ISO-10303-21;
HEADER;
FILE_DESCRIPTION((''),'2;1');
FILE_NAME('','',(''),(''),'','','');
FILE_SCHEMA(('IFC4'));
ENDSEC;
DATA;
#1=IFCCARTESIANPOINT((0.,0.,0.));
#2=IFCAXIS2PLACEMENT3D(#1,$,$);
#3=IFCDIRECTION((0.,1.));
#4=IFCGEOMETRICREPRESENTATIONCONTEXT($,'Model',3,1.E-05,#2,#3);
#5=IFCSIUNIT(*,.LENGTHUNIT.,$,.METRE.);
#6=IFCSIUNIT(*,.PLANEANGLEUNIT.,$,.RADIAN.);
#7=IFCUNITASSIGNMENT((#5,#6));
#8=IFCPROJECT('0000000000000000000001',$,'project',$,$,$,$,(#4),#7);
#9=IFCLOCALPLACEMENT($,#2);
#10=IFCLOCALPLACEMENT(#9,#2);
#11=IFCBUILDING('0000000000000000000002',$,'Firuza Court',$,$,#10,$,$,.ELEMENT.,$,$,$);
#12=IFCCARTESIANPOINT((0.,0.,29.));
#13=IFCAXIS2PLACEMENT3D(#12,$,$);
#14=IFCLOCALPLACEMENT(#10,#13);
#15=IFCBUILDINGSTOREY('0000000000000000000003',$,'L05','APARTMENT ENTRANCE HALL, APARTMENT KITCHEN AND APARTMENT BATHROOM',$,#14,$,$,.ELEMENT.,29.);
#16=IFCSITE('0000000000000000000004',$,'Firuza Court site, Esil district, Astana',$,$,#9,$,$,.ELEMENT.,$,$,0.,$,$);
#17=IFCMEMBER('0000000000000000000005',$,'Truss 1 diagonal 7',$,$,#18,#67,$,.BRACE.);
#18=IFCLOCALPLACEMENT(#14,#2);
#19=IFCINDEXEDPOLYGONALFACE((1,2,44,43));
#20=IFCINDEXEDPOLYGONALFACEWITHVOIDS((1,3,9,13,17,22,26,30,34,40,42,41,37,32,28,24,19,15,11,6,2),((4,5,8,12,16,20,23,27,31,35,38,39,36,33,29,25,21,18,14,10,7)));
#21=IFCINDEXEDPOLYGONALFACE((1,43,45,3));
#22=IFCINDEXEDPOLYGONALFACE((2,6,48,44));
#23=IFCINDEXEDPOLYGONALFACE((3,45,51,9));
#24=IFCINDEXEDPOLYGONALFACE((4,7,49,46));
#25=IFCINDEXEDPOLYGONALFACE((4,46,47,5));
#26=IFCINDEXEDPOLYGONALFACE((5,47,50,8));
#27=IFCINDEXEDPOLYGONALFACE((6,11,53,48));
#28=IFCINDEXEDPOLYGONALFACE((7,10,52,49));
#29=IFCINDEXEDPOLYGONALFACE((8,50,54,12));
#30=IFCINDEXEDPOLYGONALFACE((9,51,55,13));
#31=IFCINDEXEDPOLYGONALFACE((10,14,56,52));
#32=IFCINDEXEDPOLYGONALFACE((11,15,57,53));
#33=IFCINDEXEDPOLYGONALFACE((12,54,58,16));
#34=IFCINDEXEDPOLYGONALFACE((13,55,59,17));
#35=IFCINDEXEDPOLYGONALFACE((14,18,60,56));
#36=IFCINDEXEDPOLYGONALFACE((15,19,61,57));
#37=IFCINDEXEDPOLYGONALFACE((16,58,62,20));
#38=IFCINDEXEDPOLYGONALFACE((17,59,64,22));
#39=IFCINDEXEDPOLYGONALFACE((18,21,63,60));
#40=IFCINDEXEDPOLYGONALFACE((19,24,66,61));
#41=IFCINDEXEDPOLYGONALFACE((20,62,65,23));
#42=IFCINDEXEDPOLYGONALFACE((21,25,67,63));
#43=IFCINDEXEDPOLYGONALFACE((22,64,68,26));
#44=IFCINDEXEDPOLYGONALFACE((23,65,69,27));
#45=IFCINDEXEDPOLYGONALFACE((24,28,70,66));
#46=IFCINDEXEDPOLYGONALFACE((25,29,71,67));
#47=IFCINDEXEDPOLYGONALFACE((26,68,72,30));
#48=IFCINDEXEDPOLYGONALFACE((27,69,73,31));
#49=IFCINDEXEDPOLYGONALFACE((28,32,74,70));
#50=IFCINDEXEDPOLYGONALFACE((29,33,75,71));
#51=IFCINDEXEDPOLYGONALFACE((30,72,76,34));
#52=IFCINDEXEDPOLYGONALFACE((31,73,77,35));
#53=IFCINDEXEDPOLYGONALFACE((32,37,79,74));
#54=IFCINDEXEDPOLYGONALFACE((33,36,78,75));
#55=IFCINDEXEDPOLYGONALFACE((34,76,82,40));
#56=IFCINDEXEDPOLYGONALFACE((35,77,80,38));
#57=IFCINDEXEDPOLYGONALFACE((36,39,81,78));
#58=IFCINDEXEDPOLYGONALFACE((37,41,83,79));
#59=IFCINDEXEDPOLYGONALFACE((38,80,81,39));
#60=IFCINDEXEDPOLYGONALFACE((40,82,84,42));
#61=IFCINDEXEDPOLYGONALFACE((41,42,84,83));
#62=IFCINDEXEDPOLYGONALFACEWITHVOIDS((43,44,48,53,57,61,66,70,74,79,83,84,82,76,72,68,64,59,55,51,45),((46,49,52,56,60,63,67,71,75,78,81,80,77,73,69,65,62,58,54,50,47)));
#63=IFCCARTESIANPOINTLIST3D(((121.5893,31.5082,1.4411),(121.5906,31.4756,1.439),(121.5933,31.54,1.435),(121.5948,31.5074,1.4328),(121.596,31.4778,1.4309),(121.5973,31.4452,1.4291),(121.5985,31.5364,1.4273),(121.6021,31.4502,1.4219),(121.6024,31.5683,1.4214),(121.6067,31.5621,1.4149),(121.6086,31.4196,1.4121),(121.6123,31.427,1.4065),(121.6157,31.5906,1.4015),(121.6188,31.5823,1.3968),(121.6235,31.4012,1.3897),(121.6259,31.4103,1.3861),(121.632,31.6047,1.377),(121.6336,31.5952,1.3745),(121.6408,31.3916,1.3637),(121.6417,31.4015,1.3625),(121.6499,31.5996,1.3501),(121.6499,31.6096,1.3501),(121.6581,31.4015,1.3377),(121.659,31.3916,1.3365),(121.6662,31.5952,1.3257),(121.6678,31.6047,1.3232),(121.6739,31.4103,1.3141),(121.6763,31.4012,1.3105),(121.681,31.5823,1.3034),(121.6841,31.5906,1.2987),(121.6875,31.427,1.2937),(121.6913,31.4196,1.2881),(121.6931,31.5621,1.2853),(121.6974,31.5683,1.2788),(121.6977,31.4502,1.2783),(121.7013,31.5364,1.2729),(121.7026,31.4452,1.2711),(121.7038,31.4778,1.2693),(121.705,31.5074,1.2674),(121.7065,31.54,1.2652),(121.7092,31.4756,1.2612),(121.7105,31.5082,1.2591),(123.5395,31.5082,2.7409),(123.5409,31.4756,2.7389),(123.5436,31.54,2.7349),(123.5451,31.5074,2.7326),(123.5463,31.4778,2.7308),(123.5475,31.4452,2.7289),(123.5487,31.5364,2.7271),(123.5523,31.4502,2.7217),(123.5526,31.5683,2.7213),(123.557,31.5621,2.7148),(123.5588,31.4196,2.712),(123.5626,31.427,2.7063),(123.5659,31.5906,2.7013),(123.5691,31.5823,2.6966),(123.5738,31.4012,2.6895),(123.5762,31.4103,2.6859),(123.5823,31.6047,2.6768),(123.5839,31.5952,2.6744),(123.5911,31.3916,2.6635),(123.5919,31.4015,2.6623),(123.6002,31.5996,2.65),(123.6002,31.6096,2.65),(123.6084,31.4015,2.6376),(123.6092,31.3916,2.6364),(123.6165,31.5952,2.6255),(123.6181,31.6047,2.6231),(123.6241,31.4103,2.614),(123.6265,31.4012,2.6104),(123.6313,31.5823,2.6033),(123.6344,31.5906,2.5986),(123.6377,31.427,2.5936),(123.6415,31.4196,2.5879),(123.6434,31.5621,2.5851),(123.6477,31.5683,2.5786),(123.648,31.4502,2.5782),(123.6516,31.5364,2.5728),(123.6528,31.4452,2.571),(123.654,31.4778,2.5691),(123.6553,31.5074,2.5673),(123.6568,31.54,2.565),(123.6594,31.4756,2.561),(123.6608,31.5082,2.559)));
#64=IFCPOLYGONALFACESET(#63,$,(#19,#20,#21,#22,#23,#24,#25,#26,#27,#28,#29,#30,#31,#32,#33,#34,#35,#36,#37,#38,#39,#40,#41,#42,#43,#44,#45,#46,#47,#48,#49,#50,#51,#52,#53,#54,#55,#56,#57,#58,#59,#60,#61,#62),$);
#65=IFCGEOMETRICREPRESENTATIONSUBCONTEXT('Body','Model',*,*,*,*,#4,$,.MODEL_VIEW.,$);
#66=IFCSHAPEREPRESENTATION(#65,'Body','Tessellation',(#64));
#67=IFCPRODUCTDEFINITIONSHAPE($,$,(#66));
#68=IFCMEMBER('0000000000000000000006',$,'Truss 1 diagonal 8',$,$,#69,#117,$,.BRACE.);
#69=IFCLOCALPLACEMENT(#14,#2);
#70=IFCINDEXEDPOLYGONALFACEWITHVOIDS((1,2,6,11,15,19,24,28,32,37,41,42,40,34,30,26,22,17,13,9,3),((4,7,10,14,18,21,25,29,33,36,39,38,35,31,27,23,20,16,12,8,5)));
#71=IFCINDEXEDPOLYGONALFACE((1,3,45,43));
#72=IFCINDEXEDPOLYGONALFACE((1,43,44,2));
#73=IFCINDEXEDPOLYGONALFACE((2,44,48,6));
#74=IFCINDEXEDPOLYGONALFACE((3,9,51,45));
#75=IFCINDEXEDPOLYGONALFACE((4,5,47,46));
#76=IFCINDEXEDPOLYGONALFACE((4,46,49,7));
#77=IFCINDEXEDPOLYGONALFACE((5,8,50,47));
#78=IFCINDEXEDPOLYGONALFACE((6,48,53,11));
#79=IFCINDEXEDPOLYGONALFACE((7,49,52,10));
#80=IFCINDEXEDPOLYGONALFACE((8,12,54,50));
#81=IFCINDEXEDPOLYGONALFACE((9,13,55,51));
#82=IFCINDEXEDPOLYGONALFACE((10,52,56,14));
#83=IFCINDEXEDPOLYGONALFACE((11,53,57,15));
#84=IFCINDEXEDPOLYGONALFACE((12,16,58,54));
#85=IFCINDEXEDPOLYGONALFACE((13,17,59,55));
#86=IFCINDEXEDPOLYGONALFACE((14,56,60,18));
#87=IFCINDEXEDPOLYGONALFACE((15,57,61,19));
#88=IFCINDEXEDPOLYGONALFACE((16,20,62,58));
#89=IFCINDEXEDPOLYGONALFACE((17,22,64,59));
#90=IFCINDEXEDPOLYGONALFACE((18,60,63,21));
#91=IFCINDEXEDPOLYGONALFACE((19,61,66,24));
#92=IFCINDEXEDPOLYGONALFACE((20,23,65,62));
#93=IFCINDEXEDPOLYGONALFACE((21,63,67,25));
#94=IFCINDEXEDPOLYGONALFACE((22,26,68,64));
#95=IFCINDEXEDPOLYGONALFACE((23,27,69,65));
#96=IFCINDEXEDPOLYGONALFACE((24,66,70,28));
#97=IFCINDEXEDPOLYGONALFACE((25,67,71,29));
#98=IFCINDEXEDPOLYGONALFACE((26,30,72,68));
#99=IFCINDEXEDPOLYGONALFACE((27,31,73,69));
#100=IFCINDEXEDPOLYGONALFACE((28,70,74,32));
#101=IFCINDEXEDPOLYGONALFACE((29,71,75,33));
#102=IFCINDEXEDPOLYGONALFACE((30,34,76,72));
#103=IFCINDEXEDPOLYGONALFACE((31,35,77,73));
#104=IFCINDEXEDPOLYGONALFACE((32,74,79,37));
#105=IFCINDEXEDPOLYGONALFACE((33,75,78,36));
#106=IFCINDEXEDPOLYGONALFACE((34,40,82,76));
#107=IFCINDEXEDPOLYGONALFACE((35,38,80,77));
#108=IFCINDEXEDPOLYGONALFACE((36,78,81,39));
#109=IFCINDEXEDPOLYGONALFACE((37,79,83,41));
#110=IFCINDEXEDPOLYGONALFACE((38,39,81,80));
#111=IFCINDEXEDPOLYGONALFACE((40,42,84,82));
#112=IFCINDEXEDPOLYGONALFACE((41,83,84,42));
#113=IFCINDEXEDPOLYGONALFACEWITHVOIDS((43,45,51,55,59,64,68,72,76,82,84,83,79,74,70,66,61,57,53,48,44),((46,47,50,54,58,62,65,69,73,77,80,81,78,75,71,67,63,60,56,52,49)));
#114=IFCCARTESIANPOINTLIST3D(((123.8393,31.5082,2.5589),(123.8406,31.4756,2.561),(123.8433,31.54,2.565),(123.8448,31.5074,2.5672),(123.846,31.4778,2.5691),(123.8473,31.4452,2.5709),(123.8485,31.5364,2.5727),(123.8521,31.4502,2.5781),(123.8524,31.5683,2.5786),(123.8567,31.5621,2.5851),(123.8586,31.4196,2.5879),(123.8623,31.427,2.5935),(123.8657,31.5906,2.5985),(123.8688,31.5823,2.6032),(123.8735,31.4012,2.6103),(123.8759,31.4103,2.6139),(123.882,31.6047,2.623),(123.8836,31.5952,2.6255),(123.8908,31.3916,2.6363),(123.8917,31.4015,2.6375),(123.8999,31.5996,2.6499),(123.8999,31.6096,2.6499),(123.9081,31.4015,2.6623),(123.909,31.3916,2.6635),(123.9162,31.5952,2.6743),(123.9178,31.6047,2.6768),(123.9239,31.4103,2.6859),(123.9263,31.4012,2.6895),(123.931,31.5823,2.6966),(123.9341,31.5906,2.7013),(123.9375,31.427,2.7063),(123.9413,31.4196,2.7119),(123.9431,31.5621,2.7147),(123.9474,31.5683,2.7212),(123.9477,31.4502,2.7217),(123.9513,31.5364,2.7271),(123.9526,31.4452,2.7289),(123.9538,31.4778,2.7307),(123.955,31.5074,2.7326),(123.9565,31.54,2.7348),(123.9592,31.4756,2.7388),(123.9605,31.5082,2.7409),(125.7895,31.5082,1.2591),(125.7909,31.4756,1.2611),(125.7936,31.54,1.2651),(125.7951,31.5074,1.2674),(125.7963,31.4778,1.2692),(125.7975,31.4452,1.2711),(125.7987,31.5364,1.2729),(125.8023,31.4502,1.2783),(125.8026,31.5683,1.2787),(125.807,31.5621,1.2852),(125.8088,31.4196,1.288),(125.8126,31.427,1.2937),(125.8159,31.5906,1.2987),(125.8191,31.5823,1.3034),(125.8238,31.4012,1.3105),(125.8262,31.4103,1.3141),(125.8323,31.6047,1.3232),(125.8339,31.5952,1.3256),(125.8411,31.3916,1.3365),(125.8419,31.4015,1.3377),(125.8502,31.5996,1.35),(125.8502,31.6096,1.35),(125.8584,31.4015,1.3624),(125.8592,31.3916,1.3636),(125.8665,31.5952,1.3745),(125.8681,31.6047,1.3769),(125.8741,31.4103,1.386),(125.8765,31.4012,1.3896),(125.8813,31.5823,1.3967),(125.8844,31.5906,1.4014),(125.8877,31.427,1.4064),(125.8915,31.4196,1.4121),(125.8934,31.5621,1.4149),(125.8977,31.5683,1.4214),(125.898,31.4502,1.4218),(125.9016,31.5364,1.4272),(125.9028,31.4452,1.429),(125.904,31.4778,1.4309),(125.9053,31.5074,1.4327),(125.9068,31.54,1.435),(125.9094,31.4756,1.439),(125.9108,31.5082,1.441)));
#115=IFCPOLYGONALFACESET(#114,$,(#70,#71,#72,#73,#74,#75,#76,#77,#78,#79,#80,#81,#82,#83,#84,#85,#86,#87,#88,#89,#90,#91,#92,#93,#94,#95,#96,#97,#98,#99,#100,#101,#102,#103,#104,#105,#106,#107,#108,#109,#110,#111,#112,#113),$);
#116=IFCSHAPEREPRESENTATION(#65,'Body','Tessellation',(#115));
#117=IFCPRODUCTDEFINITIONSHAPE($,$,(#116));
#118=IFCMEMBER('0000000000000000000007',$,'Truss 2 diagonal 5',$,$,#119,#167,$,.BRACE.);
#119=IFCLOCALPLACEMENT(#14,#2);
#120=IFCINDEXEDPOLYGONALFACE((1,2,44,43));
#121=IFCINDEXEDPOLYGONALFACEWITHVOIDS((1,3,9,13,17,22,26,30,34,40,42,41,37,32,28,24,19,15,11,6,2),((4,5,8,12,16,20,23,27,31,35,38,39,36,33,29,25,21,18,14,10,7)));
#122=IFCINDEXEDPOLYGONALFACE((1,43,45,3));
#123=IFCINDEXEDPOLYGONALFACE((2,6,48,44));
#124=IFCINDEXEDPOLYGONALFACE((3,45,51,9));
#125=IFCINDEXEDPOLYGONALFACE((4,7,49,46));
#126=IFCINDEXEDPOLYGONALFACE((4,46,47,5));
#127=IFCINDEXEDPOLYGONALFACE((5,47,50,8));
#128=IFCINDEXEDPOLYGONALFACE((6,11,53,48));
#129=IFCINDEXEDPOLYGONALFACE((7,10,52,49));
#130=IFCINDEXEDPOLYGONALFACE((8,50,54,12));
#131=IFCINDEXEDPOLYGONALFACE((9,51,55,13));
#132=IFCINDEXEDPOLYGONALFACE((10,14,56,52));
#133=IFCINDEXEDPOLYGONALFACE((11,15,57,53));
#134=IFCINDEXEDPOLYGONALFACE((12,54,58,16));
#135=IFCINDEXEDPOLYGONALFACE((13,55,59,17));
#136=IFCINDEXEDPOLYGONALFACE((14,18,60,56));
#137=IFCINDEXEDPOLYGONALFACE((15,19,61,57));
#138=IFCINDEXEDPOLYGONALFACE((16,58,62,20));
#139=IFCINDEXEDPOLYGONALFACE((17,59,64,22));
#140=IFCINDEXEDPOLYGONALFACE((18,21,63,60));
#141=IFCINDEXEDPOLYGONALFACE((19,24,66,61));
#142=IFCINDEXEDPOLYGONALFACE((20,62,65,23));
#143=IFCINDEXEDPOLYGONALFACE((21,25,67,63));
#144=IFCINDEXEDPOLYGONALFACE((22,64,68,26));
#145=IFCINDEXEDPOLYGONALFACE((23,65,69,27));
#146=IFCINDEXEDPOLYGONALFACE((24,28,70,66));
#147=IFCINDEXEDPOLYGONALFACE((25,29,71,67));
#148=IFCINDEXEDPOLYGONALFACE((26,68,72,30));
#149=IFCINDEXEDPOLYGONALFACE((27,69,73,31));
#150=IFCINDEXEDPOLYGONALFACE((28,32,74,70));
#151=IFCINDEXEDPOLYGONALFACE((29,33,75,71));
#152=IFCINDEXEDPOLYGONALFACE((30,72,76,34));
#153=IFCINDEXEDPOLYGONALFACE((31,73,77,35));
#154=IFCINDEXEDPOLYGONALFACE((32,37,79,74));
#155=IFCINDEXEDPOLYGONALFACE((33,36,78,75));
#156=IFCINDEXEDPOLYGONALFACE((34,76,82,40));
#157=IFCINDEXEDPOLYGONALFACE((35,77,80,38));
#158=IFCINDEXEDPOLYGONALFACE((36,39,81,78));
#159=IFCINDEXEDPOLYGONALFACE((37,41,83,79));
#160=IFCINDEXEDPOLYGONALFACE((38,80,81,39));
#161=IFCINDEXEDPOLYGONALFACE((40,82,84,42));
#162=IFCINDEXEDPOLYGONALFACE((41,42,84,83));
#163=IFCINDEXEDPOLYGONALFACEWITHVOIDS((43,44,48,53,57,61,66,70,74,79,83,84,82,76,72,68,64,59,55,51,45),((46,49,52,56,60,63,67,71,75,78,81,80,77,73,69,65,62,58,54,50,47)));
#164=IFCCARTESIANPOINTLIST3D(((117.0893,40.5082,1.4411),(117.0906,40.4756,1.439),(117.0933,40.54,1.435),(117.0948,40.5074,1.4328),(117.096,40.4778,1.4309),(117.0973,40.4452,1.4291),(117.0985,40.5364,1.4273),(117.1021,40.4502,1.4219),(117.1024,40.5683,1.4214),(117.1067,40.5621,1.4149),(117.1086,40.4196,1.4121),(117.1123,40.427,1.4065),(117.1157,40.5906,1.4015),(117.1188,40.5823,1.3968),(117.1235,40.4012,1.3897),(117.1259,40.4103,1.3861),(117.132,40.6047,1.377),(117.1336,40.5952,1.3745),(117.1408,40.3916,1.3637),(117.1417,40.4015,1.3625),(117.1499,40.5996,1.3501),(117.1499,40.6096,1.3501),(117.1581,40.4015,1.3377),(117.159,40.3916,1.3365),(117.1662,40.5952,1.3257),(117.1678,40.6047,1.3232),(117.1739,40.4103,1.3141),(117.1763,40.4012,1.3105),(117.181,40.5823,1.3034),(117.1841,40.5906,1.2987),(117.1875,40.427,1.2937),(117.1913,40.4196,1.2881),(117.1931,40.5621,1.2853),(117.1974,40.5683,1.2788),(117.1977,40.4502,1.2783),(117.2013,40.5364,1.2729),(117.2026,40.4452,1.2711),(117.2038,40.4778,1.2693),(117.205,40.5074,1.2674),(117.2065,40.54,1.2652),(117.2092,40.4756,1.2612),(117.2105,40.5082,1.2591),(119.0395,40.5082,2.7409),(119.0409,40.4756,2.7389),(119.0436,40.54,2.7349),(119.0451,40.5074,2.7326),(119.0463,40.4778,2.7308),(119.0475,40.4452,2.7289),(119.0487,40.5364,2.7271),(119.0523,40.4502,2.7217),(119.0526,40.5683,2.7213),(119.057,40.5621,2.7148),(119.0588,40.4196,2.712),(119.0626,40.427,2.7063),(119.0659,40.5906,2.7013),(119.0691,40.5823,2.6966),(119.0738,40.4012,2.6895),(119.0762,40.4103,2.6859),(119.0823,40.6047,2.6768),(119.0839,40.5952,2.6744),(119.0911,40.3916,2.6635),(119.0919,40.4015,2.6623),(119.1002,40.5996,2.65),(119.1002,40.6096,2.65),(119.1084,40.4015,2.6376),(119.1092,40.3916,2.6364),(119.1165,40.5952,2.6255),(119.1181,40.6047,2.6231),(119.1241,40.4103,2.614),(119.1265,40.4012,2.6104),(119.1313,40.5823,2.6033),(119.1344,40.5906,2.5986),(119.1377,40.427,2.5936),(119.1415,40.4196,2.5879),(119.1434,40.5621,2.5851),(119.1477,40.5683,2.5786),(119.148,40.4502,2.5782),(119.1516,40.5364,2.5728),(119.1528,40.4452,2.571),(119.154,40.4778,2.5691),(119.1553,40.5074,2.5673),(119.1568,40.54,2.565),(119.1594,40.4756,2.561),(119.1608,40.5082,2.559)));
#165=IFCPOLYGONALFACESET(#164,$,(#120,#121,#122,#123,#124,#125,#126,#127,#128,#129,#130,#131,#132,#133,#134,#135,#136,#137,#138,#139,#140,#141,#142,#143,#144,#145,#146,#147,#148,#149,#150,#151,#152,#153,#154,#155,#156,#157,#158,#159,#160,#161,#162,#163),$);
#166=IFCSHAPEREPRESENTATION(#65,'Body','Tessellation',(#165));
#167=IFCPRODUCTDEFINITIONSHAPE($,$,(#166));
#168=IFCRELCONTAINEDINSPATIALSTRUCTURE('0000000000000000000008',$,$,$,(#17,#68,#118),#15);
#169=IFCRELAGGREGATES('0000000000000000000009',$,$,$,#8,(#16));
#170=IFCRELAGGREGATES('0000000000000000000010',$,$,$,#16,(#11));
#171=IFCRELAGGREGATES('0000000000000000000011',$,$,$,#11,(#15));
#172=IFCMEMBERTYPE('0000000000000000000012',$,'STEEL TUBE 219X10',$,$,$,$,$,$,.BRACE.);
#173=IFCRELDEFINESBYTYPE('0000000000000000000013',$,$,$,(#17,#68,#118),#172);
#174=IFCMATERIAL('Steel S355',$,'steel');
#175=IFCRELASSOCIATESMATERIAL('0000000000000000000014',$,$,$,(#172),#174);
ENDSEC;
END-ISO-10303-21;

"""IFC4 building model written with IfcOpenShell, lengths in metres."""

from ifc_helpers import new_model, si_unit, direction, frame, origin, origin_2d, place, context, subcontext, project, spatial, hollow_circle, extrude, material, material_profile, profile_set, type_object, element, save


model = new_model("IFC4")

# Units and contexts
model_context = context("Model", 3, precision=1e-05, world=origin(), true_north=direction((0.0, 1.0)))
body_context = subcontext(model_context, "Body", "Model", "MODEL_VIEW")
ifc_project = project(units=[si_unit("LENGTHUNIT", "METRE"), si_unit("PLANEANGLEUNIT", "RADIAN")], contexts=[model_context])

# Site, building, storey
site_placement = place(None, origin())
site = spatial("IfcSite", under=ifc_project, at=site_placement, Name="Firuza Court site, Esil district, Astana", CompositionType="ELEMENT", RefElevation=0.0)
building_placement = place(site_placement, origin())
building = spatial("IfcBuilding", under=site, at=building_placement, Name="Firuza Court", CompositionType="ELEMENT")
storey_placement = place(building_placement, frame((0.0, 0.0, 29.0)))
storey = spatial("IfcBuildingStorey", under=building, at=storey_placement, Name="L05", Description="APARTMENT ENTRANCE HALL, APARTMENT KITCHEN AND APARTMENT BATHROOM", CompositionType="ELEMENT", Elevation=29.0)

# Members
ifc_material_1 = material(Name="Steel S355", Category="steel")
ifc_material_profile_1 = material_profile(ifc_material_1, hollow_circle(Radius=0.1096, WallThickness=0.01, at=origin_2d()), Name="CHS 219X10")
ifc_profile_set_1 = profile_set([ifc_material_profile_1], Name="Steel S355")
member_type_1 = type_object("IfcMemberType", Name="STEEL TUBE 219X10", PredefinedType="BRACE", material=ifc_profile_set_1)
for number, where, z_axis, x_axis, name in (
    (1, (121.6499, 31.5, 1.3501), (0.832114, 0.0, 0.554604), (0.0, 1.0, 0.0), "Truss 1 diagonal 7"),
    (2, (123.8999, 31.5, 2.6499), (0.832114, 0.0, -0.554604), (0.0, 1.0, 0.0), "Truss 1 diagonal 8"),
    (3, (117.1499, 40.5, 1.3501), (0.832114, 0.0, 0.554604), (0.0, 1.0, 0.0), "Truss 2 diagonal 5"),
):
    element("IfcMember", number, at=place(storey_placement, frame(where, z_axis=z_axis, x_axis=x_axis)), inside=storey, type_object=member_type_1, Name=name, PredefinedType="BRACE", context=body_context, shape_type="SweptSolid", body=[
        extrude(hollow_circle(Radius=0.1096, WallThickness=0.01, at=origin_2d()), origin(), (0.0, 0.0, 1.0), 2.3438),
    ])

save(model, "model.ifc")
